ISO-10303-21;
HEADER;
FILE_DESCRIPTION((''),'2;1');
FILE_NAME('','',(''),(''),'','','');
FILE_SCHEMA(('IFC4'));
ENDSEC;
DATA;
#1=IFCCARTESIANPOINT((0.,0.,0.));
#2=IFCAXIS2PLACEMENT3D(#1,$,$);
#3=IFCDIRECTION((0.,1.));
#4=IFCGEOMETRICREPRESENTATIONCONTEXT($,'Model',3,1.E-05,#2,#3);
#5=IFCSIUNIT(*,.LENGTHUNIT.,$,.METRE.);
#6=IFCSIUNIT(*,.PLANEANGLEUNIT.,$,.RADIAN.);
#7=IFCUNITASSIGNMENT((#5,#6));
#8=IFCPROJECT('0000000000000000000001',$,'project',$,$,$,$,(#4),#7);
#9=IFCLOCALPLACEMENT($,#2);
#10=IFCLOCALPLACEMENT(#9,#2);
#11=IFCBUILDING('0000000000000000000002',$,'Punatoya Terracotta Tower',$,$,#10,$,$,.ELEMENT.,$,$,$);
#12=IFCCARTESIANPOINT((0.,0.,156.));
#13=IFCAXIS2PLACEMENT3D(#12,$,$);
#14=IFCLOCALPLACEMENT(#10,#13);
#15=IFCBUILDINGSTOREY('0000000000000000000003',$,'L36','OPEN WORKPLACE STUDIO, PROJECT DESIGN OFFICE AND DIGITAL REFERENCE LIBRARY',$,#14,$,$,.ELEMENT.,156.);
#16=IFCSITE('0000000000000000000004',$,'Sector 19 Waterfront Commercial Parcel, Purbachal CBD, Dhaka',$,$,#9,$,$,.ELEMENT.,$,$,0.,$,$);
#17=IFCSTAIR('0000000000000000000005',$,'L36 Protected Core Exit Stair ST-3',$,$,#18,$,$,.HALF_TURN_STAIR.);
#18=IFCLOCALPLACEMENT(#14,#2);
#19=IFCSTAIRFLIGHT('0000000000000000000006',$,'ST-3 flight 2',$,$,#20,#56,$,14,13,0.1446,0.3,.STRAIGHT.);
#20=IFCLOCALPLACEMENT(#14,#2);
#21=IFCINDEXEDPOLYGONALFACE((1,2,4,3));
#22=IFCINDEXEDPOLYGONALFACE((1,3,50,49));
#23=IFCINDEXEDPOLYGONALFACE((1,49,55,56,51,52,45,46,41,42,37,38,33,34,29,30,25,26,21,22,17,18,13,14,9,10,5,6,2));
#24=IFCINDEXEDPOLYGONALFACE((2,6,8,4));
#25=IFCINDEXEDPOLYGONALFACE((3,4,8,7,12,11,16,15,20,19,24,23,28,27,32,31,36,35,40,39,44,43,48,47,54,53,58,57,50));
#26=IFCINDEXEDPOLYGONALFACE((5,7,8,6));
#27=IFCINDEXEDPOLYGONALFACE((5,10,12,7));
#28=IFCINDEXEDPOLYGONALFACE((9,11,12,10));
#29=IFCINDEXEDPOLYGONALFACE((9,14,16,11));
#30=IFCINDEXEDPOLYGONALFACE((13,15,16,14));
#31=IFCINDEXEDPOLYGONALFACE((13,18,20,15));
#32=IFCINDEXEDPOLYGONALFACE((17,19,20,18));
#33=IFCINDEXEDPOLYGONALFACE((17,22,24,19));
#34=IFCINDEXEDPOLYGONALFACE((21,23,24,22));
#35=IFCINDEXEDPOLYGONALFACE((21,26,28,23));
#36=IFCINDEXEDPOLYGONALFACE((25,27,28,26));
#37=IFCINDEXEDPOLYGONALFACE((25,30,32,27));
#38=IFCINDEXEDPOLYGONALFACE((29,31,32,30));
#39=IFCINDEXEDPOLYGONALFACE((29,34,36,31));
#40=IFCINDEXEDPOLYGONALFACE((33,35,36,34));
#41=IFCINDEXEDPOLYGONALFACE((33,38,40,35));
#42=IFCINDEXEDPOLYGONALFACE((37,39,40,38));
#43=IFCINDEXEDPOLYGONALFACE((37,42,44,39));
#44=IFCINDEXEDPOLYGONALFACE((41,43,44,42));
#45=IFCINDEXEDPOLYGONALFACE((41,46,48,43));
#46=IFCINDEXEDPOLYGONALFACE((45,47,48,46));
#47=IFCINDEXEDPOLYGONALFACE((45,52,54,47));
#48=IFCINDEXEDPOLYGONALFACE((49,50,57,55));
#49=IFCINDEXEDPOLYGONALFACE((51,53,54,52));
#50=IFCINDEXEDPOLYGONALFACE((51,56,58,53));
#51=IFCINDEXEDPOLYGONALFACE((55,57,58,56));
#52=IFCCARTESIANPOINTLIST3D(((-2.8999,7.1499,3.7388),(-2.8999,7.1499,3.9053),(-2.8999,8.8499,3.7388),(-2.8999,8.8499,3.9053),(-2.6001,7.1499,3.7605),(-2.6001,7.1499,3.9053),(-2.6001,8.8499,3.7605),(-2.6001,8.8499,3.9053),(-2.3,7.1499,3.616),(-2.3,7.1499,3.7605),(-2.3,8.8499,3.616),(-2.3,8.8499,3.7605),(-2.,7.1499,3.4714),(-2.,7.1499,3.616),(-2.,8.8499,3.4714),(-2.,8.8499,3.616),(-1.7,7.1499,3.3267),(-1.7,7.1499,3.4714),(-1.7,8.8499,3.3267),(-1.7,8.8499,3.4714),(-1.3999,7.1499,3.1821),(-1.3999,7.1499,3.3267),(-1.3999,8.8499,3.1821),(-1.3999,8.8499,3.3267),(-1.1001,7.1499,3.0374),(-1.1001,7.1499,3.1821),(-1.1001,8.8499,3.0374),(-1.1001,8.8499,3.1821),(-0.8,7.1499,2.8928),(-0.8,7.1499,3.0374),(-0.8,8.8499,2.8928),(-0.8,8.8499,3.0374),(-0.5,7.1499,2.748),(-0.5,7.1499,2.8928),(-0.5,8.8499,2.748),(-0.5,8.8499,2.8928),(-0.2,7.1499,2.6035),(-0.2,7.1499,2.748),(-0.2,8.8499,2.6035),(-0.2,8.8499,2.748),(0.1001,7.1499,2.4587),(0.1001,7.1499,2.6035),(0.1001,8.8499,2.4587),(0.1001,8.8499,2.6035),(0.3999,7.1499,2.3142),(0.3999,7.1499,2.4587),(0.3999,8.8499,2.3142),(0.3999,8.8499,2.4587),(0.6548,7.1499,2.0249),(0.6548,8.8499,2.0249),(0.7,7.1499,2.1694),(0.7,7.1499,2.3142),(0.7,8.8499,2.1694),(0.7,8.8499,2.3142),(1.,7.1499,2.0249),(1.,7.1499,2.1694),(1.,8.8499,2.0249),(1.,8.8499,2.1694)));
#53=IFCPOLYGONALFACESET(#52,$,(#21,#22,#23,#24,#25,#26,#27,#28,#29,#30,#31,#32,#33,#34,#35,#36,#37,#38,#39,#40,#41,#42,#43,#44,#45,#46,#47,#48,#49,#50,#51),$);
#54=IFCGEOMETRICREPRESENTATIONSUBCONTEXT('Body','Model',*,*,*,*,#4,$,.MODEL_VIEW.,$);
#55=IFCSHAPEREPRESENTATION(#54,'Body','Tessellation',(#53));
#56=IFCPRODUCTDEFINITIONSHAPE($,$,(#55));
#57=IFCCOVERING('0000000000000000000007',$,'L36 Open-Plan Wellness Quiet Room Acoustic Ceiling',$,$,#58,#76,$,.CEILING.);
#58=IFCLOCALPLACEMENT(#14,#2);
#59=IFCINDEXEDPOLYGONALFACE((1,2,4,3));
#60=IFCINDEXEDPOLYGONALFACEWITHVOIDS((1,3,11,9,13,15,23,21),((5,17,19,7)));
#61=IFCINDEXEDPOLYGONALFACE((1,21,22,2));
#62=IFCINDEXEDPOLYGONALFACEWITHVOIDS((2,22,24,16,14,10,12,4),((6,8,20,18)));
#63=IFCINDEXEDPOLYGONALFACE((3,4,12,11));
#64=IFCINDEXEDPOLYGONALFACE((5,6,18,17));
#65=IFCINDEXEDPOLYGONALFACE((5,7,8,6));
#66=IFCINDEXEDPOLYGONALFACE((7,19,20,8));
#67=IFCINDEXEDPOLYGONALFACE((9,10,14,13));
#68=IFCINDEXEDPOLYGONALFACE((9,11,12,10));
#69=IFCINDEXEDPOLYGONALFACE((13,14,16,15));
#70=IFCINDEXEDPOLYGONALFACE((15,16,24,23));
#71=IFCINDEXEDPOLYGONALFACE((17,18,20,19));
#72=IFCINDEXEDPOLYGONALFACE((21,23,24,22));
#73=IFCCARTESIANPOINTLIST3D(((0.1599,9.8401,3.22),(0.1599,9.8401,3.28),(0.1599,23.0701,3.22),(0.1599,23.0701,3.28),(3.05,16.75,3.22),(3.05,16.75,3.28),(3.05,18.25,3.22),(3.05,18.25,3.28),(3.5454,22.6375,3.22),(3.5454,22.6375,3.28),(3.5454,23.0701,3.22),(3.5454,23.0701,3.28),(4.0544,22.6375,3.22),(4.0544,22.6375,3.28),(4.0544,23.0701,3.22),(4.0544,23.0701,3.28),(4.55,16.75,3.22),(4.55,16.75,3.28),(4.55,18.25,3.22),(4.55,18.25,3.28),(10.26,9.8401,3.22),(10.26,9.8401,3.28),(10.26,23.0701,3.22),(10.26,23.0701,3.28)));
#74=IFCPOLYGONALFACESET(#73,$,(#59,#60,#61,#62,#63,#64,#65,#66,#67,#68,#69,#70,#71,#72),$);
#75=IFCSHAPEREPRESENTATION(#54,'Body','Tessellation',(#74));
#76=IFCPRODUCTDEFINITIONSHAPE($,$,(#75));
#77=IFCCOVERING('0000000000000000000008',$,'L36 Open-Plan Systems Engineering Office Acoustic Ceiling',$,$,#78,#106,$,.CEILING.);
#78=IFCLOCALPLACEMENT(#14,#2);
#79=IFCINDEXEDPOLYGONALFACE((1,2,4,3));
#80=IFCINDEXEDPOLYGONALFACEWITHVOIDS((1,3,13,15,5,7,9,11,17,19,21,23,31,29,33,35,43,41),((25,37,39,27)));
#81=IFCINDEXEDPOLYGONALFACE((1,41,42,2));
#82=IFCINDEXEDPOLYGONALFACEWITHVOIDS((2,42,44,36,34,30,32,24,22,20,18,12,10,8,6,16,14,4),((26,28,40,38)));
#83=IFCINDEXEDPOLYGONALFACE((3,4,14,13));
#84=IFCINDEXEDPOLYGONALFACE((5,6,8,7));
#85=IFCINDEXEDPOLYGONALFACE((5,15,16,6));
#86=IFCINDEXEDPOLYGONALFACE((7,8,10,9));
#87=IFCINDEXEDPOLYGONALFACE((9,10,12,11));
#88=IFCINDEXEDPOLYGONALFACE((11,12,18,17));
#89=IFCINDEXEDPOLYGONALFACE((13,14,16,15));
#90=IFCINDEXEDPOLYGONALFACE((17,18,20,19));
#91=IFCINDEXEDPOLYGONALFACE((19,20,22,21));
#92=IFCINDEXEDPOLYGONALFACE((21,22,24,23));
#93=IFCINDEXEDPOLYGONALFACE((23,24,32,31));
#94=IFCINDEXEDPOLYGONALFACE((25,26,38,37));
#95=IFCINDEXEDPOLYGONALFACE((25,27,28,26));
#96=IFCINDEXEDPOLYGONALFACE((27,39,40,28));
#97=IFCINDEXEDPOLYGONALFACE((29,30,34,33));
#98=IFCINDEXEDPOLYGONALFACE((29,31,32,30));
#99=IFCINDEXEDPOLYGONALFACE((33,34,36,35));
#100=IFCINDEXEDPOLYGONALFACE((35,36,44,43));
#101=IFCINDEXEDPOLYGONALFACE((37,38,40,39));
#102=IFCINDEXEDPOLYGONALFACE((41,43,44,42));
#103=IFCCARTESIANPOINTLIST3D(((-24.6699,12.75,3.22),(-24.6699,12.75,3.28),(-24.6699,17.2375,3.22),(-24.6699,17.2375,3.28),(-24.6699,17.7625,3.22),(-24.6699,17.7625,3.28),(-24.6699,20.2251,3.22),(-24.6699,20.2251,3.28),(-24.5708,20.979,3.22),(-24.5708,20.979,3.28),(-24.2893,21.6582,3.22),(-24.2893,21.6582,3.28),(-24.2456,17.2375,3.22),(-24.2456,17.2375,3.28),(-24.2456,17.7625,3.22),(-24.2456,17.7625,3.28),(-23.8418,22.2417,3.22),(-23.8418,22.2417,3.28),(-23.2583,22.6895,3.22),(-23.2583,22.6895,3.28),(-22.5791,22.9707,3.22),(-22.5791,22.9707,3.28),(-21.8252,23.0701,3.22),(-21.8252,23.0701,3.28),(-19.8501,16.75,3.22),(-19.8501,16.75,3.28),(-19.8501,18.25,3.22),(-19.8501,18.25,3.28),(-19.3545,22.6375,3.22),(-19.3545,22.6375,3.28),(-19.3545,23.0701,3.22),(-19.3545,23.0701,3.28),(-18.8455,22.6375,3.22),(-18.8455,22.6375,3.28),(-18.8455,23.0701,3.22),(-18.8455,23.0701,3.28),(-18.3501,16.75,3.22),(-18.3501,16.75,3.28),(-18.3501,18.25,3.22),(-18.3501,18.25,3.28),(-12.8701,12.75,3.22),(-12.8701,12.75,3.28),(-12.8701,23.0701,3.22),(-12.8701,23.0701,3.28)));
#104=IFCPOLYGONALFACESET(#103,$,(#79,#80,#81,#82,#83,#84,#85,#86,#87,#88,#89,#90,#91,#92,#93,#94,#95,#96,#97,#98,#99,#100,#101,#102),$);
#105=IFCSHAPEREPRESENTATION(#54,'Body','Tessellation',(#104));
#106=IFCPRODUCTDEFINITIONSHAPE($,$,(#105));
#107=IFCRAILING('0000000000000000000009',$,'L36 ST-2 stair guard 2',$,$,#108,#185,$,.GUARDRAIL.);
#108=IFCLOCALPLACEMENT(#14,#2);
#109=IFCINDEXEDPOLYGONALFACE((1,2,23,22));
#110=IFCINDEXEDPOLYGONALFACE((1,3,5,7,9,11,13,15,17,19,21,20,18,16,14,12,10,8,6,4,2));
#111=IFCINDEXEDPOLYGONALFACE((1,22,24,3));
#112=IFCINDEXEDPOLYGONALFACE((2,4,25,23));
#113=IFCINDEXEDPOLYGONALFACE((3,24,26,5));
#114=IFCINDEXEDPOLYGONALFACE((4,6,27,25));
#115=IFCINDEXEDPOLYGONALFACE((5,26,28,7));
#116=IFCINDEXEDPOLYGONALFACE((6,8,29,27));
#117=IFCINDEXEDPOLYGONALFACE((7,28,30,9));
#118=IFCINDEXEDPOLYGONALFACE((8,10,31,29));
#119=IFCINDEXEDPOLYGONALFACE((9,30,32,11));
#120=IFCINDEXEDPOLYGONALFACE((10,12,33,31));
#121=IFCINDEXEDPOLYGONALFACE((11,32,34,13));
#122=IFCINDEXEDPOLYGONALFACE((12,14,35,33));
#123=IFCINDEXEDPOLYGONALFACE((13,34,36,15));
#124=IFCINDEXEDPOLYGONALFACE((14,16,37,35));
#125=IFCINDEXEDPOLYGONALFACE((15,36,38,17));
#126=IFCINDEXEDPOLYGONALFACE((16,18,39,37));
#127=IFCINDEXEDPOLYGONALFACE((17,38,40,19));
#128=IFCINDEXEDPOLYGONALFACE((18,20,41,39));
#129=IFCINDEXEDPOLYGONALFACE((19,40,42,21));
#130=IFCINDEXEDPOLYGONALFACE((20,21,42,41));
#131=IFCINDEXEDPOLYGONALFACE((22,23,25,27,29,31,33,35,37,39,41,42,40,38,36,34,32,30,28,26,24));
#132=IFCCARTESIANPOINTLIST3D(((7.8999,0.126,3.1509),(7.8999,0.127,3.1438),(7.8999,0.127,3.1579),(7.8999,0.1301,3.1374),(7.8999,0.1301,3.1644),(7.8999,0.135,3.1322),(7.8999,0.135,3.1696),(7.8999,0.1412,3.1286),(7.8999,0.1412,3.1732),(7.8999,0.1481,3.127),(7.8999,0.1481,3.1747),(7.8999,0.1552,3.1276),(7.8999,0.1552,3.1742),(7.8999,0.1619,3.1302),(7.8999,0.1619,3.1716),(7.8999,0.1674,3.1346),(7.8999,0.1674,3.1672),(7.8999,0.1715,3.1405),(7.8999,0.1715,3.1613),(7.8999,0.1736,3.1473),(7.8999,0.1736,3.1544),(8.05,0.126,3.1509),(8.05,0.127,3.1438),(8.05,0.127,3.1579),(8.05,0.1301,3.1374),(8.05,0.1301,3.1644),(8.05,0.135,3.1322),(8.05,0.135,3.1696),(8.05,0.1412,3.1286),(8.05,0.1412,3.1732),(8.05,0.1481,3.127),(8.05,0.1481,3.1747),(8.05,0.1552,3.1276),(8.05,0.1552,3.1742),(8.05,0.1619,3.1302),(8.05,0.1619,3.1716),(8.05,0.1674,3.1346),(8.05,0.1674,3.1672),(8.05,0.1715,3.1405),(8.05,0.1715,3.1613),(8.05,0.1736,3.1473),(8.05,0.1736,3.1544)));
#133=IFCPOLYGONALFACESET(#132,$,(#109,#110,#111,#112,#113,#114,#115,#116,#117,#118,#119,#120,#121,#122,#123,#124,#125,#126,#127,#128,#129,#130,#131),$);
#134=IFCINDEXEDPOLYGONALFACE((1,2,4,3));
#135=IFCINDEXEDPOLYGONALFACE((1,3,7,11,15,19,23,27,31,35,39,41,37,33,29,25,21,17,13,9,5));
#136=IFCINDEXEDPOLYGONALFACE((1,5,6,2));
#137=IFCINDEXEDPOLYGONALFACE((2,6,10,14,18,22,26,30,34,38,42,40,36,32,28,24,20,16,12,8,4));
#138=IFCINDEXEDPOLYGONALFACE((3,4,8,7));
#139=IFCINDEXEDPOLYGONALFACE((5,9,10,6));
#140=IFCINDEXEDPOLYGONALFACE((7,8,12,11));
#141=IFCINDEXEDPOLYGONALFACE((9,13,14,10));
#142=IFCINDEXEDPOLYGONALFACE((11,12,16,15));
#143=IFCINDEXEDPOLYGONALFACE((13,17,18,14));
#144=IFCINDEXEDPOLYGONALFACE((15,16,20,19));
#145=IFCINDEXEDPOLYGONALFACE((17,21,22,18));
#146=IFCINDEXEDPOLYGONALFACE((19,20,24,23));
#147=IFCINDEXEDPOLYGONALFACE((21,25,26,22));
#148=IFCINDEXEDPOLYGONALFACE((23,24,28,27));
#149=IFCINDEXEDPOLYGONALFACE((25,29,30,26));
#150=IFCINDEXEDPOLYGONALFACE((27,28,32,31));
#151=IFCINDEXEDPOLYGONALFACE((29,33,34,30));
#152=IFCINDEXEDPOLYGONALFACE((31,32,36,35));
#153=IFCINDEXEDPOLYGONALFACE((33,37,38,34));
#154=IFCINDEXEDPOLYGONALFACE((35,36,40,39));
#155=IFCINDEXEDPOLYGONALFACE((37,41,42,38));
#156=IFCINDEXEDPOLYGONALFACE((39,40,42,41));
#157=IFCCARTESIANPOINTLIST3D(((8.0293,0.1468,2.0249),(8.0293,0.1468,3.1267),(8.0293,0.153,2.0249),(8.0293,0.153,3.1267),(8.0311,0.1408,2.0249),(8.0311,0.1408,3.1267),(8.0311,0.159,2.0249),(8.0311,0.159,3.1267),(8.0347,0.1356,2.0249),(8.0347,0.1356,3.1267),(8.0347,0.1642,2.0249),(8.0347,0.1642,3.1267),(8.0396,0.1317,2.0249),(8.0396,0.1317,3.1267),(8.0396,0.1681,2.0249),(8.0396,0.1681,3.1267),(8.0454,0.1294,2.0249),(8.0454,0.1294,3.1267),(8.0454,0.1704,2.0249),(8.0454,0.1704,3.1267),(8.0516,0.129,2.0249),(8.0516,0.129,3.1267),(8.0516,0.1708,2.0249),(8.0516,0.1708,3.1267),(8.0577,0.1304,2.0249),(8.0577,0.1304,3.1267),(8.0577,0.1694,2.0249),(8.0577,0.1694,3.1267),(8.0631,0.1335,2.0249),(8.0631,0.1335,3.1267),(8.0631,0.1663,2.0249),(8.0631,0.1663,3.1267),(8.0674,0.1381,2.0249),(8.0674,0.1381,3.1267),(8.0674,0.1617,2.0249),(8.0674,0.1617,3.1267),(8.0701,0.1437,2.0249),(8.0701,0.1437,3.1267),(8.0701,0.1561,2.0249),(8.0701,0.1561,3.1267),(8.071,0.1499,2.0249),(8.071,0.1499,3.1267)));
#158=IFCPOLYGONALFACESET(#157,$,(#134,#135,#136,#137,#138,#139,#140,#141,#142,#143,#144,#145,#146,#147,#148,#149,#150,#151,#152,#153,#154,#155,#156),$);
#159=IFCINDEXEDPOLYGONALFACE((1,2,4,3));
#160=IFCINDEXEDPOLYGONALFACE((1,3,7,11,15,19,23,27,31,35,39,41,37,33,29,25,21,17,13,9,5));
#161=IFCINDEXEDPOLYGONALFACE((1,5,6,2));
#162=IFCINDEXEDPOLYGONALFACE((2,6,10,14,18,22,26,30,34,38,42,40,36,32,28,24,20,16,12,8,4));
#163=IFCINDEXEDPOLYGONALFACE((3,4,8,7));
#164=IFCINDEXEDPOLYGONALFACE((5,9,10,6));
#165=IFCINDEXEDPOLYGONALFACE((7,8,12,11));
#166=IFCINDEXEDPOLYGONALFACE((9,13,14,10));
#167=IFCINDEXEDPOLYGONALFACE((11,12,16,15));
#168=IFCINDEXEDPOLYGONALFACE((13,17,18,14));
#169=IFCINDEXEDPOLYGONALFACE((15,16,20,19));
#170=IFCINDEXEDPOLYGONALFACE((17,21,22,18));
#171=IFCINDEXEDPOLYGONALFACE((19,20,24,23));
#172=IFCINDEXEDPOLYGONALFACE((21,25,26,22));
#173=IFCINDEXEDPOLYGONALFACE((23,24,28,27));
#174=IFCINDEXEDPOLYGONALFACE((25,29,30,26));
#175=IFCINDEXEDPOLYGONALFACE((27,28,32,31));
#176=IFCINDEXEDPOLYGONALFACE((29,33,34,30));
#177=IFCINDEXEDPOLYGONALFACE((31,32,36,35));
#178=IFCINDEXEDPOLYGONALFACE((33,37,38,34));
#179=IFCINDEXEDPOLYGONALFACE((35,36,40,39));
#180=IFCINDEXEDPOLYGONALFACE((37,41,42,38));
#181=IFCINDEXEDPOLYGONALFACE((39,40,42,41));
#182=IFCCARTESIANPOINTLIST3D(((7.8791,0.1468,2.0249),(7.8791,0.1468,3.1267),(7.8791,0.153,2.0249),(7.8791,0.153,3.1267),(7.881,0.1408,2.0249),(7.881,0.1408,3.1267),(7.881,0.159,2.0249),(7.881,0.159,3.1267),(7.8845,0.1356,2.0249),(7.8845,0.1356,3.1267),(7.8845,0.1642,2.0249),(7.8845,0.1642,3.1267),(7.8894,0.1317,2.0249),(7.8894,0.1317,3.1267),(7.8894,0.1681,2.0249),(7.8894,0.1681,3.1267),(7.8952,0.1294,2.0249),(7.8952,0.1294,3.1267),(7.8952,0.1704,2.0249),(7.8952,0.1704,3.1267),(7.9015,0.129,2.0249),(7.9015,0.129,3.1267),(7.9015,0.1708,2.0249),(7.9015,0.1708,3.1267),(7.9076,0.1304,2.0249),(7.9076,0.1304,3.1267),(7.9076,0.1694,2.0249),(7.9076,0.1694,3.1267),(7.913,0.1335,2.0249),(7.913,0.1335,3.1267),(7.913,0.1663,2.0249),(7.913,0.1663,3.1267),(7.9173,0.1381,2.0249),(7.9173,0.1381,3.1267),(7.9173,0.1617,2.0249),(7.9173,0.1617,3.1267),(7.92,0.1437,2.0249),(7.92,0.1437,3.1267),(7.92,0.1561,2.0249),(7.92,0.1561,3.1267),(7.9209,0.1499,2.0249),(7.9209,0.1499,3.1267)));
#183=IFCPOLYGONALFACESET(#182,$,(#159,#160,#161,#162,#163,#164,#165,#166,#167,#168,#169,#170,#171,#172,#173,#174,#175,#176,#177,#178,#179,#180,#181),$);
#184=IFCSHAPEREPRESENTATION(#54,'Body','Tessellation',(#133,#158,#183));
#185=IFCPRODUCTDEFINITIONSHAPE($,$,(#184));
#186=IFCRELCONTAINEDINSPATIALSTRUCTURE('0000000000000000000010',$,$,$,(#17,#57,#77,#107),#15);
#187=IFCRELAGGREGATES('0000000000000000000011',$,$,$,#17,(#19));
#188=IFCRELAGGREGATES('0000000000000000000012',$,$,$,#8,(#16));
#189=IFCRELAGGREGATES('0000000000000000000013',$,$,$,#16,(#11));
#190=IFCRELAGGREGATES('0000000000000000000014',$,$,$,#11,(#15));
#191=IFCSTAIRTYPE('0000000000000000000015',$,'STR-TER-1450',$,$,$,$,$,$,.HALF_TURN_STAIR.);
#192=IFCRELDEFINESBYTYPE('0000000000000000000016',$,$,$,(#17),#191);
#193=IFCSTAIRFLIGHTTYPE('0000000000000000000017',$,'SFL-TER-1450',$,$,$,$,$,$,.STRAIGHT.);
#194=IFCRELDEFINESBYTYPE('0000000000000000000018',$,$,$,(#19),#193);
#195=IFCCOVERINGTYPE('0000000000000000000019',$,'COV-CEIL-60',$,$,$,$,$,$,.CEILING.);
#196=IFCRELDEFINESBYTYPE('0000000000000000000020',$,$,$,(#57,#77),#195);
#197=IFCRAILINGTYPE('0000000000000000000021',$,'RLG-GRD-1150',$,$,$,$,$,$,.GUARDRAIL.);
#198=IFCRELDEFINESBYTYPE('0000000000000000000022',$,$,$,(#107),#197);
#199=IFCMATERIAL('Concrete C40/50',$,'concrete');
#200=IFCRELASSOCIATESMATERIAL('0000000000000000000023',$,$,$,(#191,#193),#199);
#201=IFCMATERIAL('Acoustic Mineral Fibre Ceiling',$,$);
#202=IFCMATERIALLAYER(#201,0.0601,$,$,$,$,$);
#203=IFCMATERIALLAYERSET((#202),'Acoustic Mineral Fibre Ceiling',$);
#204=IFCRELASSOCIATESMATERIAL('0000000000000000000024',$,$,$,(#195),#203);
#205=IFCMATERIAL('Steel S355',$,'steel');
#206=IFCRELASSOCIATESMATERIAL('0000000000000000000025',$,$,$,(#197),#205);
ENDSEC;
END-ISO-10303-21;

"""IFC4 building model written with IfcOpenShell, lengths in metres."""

from ifc_helpers import new_model, si_unit, direction, frame, origin, origin_2d, place, context, subcontext, project, spatial, polyline, circle, outline, extrude, material, layer, layer_set, type_object, element, aggregate, save


model = new_model("IFC4")

# Units and contexts
model_context = context("Model", 3, precision=1e-05, world=origin(), true_north=direction((0.0, 1.0)))
body_context = subcontext(model_context, "Body", "Model", "MODEL_VIEW")
ifc_project = project(units=[si_unit("LENGTHUNIT", "METRE"), si_unit("PLANEANGLEUNIT", "RADIAN")], contexts=[model_context])

# Site, building, storey
site_placement = place(None, origin())
site = spatial("IfcSite", under=ifc_project, at=site_placement, Name="Sector 19 Waterfront Commercial Parcel, Purbachal CBD, Dhaka", CompositionType="ELEMENT", RefElevation=0.0)
building_placement = place(site_placement, origin())
building = spatial("IfcBuilding", under=site, at=building_placement, Name="Punatoya Terracotta Tower", CompositionType="ELEMENT")
storey_placement = place(building_placement, frame((0.0, 0.0, 156.0)))
storey = spatial("IfcBuildingStorey", under=building, at=storey_placement, Name="L36", Description="OPEN WORKPLACE STUDIO, PROJECT DESIGN OFFICE AND DIGITAL REFERENCE LIBRARY", CompositionType="ELEMENT", Elevation=156.0)

# Shared definitions
ifc_material_1 = material(Name="Steel S355", Category="steel")

# Shared definitions
ifc_material_2 = material(Name="Concrete C40/50", Category="concrete")

# Stair, stair flight
stair_type_1 = type_object("IfcStairType", Name="STR-TER-1450", PredefinedType="HALF_TURN_STAIR", material=ifc_material_2)
stair_1_placement = place(storey_placement, origin())
stair_1 = element("IfcStair", 1, at=stair_1_placement, inside=storey, type_object=stair_type_1, Name="L36 Protected Core Exit Stair ST-3", PredefinedType="HALF_TURN_STAIR")
stair_flight_type_1 = type_object("IfcStairFlightType", Name="SFL-TER-1450", PredefinedType="STRAIGHT", material=ifc_material_2)
stair_flight_1_placement = place(storey_placement, frame((1.0, 8.0, 2.0249), z_axis=(0.0, 0.0, 1.0), x_axis=(-1.0, 0.0, 0.0)))
stair_flight_1 = element("IfcStairFlight", 2, at=stair_flight_1_placement, type_object=stair_flight_type_1, Name="ST-3 flight 2", NumberOfRisers=14, NumberOfTreads=13, PredefinedType="STRAIGHT", RiserHeight=0.1446, TreadLength=0.3, context=body_context, shape_type="SweptSolid", body=[
    extrude(outline(polyline([(0.0, 0.0), (0.0, 0.1445), (0.3, 0.1445), (0.3, 0.2893), (0.6001, 0.2893), (0.6001, 0.4338), (0.8999, 0.4338), (0.8999, 0.5786), (1.2, 0.5786), (1.2, 0.7231), (1.5, 0.7231), (1.5, 0.8679), (1.8, 0.8679), (1.8, 1.0125), (2.1001, 1.0125), (2.1001, 1.1572), (2.3999, 1.1572), (2.3999, 1.3018), (2.7, 1.3018), (2.7, 1.4465), (3.0, 1.4465), (3.0, 1.5911), (3.3, 1.5911), (3.3, 1.7356), (3.6001, 1.7356), (3.6001, 1.8804), (3.8999, 1.8804), (3.8999, 2.0249), (3.8999, 1.7139), (0.3452, 0.0), (0.0, 0.0)])), frame((0.0, 0.8501, 0.0), z_axis=(0.0, -1.0, 0.0), x_axis=(1.0, 0.0, 0.0)), (0.0, 0.0, 1.0), 1.7),
])
aggregate(stair_1, [stair_flight_1])

# Coverings
ifc_material_3 = material(Name="Acoustic Mineral Fibre Ceiling")
ifc_layer_1 = layer(ifc_material_3, 0.0601)
ifc_layer_set_1 = layer_set([ifc_layer_1], Name="Acoustic Mineral Fibre Ceiling")
covering_type = type_object("IfcCoveringType", Name="COV-CEIL-60", PredefinedType="CEILING", material=ifc_layer_set_1)
covering_1_placement = place(storey_placement, frame((0.0, 0.0, 3.22)))
element("IfcCovering", 3, at=covering_1_placement, inside=storey, type_object=covering_type, Name="L36 Open-Plan Wellness Quiet Room Acoustic Ceiling", PredefinedType="CEILING", context=body_context, shape_type="SweptSolid", body=[
    extrude(outline(polyline([(10.26, 9.8401), (10.26, 23.0701), (4.0544, 23.0701), (4.0544, 22.6375), (3.5454, 22.6375), (3.5454, 23.0701), (0.1599, 23.0701), (0.1599, 9.8401), (10.26, 9.8401)]), holes=[polyline([(4.55, 16.75), (3.05, 16.75), (3.05, 18.25), (4.55, 18.25), (4.55, 16.75)])]), origin(), (0.0, 0.0, 1.0), 0.0601),
])
covering_2_placement = place(storey_placement, frame((0.0, 0.0, 3.22)))
element("IfcCovering", 4, at=covering_2_placement, inside=storey, type_object=covering_type, Name="L36 Open-Plan Systems Engineering Office Acoustic Ceiling", PredefinedType="CEILING", context=body_context, shape_type="SweptSolid", body=[
    extrude(outline(polyline([(-18.8455, 23.0701), (-18.8455, 22.6375), (-19.3545, 22.6375), (-19.3545, 23.0701), (-21.8252, 23.0701), (-22.5791, 22.9707), (-23.2583, 22.6895), (-23.8418, 22.2417), (-24.2893, 21.6582), (-24.5708, 20.979), (-24.6699, 20.2251), (-24.6699, 17.7625), (-24.2456, 17.7625), (-24.2456, 17.2375), (-24.6699, 17.2375), (-24.6699, 12.75), (-12.8701, 12.75), (-12.8701, 23.0701), (-18.8455, 23.0701)]), holes=[polyline([(-19.8501, 18.25), (-18.3501, 18.25), (-18.3501, 16.75), (-19.8501, 16.75), (-19.8501, 18.25)])]), origin(), (0.0, 0.0, 1.0), 0.0601),
])

# Railing
railing_type_1 = type_object("IfcRailingType", Name="RLG-GRD-1150", PredefinedType="GUARDRAIL", material=ifc_material_1)
railing_1_placement = place(storey_placement, frame((8.05, 0.1499, 2.0249)))
element("IfcRailing", 5, at=railing_1_placement, inside=storey, type_object=railing_type_1, Name="L36 ST-2 stair guard 2", PredefinedType="GUARDRAIL", context=body_context, shape_type="SweptSolid", body=[
    extrude(circle(Radius=0.0239, at=origin_2d()), frame((0.0, 0.0, 1.126), z_axis=(-1.0, 0.0, 0.0), x_axis=(0.0, -1.0, 0.0)), (0.0, 0.0, 1.0), 0.1501),
    extrude(circle(Radius=0.021, at=origin_2d()), origin(), (0.0, 0.0, 1.0), 1.1018),
    extrude(circle(Radius=0.021, at=origin_2d()), frame((-0.1501, 0.0, 0.0)), (0.0, 0.0, 1.0), 1.1018),
])

save(model, "model.ifc")
